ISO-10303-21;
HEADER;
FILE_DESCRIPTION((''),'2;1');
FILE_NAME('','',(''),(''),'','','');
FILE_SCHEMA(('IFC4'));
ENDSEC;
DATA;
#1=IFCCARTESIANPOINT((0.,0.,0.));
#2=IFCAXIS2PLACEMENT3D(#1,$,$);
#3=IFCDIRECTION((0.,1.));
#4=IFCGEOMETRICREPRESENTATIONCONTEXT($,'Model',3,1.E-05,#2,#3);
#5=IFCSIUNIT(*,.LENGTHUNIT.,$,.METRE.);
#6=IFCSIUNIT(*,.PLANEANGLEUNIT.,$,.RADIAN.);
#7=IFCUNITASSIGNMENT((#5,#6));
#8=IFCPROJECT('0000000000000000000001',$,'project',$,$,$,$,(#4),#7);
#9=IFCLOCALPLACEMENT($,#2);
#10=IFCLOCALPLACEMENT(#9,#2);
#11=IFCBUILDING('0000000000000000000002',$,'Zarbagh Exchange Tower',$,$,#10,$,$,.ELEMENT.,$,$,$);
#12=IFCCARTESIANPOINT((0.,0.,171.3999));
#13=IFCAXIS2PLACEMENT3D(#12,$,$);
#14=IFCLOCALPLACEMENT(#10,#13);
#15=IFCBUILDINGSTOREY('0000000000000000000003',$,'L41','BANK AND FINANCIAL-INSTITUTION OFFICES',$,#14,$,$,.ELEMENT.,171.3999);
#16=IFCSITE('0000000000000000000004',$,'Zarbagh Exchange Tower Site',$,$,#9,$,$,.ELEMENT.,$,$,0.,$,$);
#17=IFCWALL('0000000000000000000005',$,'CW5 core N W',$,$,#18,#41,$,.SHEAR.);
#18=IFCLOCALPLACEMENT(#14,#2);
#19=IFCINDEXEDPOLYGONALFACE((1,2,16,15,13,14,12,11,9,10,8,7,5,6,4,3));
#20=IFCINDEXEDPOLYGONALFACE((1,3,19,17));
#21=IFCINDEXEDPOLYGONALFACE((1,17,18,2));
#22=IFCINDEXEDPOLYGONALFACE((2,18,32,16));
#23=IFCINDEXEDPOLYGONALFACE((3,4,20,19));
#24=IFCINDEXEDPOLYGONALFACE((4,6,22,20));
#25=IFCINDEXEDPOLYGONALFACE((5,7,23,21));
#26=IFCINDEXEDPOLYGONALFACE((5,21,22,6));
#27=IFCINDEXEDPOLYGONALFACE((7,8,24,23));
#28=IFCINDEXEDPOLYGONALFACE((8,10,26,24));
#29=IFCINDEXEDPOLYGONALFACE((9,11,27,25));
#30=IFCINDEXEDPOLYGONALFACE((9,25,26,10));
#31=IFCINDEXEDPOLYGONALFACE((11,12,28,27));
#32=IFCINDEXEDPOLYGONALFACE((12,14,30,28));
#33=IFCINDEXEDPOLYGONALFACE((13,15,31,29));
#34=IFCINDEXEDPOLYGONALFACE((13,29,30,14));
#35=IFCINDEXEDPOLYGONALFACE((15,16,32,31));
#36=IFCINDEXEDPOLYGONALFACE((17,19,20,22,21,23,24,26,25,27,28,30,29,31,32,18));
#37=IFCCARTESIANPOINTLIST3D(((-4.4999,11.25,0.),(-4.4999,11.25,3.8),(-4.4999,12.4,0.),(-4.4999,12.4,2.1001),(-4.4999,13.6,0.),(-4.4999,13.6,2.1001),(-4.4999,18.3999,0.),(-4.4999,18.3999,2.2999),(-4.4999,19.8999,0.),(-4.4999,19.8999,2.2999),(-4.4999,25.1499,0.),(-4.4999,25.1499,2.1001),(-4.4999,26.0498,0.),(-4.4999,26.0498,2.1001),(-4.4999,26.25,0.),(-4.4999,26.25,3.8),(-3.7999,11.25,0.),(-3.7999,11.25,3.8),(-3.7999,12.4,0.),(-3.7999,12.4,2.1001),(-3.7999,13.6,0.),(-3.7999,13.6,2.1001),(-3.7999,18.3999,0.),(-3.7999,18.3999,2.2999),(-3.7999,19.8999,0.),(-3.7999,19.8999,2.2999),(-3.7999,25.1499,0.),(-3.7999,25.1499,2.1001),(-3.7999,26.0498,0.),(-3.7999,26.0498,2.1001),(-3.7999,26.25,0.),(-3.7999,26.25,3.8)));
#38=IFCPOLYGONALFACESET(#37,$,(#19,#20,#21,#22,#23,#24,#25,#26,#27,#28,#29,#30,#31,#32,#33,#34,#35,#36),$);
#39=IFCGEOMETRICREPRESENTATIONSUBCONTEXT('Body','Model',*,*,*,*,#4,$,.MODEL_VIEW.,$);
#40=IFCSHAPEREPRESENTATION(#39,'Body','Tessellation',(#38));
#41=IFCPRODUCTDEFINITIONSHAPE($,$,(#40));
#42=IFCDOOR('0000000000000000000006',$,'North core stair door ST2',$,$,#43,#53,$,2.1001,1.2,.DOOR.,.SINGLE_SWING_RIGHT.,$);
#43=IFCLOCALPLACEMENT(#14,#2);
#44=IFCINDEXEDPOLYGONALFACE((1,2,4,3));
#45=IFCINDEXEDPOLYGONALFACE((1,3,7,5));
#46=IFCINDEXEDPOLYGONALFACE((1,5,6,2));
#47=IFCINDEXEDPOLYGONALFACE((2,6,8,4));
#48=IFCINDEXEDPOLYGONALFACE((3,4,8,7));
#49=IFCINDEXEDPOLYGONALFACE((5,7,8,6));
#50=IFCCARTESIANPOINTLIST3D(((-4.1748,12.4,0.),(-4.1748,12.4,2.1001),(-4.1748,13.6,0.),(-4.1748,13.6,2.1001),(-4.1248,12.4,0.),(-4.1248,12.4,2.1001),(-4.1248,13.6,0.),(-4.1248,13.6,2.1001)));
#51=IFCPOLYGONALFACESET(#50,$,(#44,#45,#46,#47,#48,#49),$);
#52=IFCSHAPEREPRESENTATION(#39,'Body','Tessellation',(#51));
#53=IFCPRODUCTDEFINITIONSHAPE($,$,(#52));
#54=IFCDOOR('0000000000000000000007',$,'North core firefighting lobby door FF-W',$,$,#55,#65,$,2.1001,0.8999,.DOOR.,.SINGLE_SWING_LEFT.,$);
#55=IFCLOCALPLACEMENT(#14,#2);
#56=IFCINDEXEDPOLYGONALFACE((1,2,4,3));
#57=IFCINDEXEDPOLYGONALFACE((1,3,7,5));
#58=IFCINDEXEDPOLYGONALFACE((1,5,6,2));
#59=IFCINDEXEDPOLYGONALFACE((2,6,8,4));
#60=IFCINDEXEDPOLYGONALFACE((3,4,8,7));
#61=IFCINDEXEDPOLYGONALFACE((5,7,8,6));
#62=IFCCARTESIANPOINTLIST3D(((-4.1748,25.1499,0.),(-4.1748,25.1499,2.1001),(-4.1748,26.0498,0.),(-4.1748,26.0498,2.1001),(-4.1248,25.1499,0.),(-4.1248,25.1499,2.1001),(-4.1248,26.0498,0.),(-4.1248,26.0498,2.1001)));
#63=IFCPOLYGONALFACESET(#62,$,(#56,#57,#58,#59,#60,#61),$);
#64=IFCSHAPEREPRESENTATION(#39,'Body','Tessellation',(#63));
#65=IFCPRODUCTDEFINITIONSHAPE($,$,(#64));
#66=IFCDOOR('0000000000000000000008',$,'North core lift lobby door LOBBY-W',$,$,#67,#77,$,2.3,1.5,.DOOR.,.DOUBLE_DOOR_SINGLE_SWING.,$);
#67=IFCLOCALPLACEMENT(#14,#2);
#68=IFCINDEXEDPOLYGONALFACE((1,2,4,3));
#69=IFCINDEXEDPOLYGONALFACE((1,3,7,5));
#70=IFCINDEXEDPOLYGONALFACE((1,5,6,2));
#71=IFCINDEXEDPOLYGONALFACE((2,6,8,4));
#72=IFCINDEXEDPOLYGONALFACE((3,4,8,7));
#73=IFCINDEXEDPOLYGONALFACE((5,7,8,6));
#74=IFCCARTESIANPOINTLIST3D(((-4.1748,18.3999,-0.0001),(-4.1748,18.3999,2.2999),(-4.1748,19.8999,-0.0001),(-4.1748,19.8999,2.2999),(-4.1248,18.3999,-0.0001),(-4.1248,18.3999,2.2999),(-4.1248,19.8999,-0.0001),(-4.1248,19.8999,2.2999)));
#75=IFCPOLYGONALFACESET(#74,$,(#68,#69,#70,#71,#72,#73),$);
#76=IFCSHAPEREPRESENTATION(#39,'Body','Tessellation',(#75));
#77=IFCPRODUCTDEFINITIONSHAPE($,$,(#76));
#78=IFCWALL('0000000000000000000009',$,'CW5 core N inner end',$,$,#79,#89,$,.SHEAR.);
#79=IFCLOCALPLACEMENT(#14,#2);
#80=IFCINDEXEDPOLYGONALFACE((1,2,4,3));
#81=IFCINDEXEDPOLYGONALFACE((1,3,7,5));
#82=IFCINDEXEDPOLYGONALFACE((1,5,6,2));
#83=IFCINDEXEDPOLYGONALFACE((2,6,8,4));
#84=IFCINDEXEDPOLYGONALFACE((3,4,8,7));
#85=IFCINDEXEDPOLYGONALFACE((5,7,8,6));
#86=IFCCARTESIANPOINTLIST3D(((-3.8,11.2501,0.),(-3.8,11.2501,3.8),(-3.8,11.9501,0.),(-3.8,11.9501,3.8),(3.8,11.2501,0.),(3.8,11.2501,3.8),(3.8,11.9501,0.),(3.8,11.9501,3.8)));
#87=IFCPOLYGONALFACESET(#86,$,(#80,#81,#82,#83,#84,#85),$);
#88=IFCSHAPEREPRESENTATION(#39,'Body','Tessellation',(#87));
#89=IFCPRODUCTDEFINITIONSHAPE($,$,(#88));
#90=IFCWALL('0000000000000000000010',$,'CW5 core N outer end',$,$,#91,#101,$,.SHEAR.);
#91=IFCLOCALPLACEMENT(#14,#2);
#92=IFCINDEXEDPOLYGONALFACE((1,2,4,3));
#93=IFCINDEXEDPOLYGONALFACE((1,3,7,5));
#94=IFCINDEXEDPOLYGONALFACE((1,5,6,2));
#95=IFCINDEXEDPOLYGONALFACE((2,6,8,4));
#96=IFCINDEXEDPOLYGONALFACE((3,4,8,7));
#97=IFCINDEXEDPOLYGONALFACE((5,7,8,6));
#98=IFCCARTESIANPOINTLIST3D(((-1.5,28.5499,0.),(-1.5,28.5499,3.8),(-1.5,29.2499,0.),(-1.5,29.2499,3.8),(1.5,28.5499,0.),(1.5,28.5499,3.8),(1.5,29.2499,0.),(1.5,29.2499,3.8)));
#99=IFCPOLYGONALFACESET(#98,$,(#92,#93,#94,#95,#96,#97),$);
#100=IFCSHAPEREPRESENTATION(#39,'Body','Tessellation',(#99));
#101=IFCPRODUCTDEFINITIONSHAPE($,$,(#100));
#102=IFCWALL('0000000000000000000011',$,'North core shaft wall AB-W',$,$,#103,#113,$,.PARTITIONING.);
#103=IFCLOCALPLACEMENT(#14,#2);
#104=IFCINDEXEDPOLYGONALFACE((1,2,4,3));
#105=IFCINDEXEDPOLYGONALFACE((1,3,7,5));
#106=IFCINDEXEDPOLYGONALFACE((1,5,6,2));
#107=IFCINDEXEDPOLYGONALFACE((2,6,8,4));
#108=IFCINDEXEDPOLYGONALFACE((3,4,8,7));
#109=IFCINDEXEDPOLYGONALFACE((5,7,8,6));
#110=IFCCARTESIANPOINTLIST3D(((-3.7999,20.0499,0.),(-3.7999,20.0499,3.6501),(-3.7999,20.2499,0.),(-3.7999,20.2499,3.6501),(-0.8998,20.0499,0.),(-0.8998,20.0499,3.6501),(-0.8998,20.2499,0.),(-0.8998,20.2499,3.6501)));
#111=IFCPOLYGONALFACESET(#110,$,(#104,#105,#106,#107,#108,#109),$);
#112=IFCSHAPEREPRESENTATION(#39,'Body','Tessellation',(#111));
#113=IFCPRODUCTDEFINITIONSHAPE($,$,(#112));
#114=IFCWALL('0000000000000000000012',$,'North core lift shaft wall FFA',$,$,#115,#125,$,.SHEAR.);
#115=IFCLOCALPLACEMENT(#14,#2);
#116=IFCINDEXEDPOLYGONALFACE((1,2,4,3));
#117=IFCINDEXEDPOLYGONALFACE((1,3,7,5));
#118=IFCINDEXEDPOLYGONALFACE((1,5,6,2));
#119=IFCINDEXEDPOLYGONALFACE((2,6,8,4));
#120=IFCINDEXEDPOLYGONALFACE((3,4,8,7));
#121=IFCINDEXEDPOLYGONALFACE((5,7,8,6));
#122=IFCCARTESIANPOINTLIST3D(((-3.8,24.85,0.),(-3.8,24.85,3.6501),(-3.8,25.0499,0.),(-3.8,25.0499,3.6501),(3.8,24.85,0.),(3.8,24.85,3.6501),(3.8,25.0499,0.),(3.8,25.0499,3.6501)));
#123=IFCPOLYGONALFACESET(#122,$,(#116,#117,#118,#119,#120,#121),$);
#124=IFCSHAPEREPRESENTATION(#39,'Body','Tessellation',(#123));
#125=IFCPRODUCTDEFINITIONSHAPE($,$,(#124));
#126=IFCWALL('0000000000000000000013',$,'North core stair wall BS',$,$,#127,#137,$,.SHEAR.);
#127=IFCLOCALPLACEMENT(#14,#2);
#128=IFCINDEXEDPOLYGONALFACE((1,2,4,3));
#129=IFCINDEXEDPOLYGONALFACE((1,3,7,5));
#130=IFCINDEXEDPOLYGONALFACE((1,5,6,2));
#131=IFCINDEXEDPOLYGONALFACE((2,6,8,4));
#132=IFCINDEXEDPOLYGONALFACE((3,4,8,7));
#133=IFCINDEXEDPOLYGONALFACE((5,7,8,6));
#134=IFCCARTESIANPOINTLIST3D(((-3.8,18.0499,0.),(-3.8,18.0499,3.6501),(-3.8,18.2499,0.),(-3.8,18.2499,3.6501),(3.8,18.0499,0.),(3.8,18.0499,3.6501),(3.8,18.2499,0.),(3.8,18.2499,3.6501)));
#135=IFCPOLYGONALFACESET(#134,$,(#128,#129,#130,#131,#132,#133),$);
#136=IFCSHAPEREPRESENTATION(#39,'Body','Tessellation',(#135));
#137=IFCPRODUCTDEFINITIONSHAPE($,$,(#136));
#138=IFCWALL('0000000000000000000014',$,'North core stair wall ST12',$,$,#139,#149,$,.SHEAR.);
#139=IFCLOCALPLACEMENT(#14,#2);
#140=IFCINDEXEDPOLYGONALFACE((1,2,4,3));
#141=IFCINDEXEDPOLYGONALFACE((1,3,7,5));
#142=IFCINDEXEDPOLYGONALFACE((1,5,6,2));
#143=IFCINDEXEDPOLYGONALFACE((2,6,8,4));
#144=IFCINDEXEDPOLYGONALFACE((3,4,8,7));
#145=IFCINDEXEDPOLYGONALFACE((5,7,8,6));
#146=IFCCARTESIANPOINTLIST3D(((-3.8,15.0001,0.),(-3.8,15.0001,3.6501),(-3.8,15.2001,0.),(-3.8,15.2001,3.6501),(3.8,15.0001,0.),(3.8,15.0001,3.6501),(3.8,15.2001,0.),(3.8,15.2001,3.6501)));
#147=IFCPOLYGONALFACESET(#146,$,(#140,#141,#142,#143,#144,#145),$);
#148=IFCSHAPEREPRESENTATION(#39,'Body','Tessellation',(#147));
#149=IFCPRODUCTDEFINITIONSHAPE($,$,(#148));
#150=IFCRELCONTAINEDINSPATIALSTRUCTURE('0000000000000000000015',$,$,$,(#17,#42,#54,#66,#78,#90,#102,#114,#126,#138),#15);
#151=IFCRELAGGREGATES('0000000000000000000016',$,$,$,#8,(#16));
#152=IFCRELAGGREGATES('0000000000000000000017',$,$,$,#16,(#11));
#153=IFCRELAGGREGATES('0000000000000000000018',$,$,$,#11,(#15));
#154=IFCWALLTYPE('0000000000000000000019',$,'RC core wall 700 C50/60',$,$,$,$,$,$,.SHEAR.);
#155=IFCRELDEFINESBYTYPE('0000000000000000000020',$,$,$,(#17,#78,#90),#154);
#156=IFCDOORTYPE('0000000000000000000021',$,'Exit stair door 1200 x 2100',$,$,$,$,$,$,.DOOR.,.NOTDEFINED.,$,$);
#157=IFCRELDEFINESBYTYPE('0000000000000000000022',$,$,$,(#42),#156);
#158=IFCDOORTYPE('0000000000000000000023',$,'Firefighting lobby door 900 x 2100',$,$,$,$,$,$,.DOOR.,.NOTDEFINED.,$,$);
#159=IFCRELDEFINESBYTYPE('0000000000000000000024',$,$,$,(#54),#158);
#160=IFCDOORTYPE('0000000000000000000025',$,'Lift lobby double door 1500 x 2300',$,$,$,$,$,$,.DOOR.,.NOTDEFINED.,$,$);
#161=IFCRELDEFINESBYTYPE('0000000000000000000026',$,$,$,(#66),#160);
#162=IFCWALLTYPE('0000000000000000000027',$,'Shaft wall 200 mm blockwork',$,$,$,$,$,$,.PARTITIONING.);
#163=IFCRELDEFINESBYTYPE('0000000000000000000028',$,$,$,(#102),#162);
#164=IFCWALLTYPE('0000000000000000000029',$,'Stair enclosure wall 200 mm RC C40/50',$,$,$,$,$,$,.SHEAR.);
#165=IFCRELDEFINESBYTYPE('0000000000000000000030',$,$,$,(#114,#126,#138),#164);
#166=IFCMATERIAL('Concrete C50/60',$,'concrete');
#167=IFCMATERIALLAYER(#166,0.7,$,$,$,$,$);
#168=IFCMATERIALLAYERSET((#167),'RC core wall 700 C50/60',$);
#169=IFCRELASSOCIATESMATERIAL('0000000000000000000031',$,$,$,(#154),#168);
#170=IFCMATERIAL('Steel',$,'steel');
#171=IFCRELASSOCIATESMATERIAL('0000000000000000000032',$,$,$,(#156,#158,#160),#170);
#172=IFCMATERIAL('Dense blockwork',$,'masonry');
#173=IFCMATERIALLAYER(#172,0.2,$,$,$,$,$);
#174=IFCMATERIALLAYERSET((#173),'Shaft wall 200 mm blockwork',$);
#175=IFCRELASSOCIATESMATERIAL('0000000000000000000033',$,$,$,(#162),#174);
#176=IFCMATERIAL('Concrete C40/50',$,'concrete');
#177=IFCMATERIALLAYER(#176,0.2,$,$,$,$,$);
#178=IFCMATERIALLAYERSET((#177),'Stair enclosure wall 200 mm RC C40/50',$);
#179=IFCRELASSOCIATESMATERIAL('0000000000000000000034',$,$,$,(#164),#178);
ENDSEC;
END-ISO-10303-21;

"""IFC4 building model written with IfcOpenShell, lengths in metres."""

from ifc_helpers import new_model, si_unit, direction, frame, frame_2d, origin, place, context, subcontext, project, spatial, rectangle, extrude, material, layer, layer_set, type_object, element, fill, save


model = new_model("IFC4")

# Units and contexts
model_context = context("Model", 3, precision=1e-05, world=origin(), true_north=direction((0.0, 1.0)))
body_context = subcontext(model_context, "Body", "Model", "MODEL_VIEW")
ifc_project = project(units=[si_unit("LENGTHUNIT", "METRE"), si_unit("PLANEANGLEUNIT", "RADIAN")], contexts=[model_context])

# Site, building, storey
site_placement = place(None, origin())
site = spatial("IfcSite", under=ifc_project, at=site_placement, Name="Zarbagh Exchange Tower Site", CompositionType="ELEMENT", RefElevation=0.0)
building_placement = place(site_placement, origin())
building = spatial("IfcBuilding", under=site, at=building_placement, Name="Zarbagh Exchange Tower", CompositionType="ELEMENT")
storey_placement = place(building_placement, frame((0.0, 0.0, 171.3999)))
storey = spatial("IfcBuildingStorey", under=building, at=storey_placement, Name="L41", Description="BANK AND FINANCIAL-INSTITUTION OFFICES", CompositionType="ELEMENT", Elevation=171.3999)

# Shared definitions
ifc_material_1 = material(Name="Concrete C50/60", Category="concrete")

# Shared definitions
ifc_material_2 = material(Name="Dense blockwork", Category="masonry")

# Wall, openings, doors
ifc_layer_1 = layer(ifc_material_1, 0.7)
ifc_layer_set_1 = layer_set([ifc_layer_1], Name="RC core wall 700 C50/60")
wall_type_1 = type_object("IfcWallType", Name="RC core wall 700 C50/60", PredefinedType="SHEAR", material=ifc_layer_set_1)
wall_1_placement = place(storey_placement, frame((-4.1499, 11.25, 0.0), z_axis=(0.0, 0.0, 1.0), x_axis=(0.0, 1.0, 0.0)))
wall_1 = element("IfcWall", 1, at=wall_1_placement, inside=storey, type_object=wall_type_1, Name="CW5 core N W", PredefinedType="SHEAR", context=body_context, shape_type="SweptSolid", body=[
    extrude(rectangle(XDim=15.0, YDim=0.7, at=frame_2d((7.5, 0.0))), origin(), (0.0, 0.0, 1.0), 3.8),
])
opening_1_placement = place(wall_1_placement, frame((7.1499, 0.0, 0.0)))
opening_1 = element("IfcOpeningElement", 2, at=opening_1_placement, cuts=wall_1, PredefinedType="OPENING", context=body_context, shape_type="SweptSolid", body=[
    extrude(rectangle(XDim=1.5, YDim=2.3, at=frame_2d((0.75, 1.1499))), frame((0.0, 0.3599, 0.0), z_axis=(0.0, -1.0, 0.0), x_axis=(1.0, 0.0, 0.0)), (0.0, 0.0, 1.0), 0.72),
])
opening_2_placement = place(wall_1_placement, frame((13.8999, 0.0, 0.0)))
opening_2 = element("IfcOpeningElement", 3, at=opening_2_placement, cuts=wall_1, PredefinedType="OPENING", context=body_context, shape_type="SweptSolid", body=[
    extrude(rectangle(XDim=0.8999, YDim=2.1001, at=frame_2d((0.45, 1.05))), frame((0.0, 0.3599, 0.0), z_axis=(0.0, -1.0, 0.0), x_axis=(1.0, 0.0, 0.0)), (0.0, 0.0, 1.0), 0.72),
])
opening_3_placement = place(wall_1_placement, frame((1.1499, 0.0, 0.0)))
opening_3 = element("IfcOpeningElement", 4, at=opening_3_placement, cuts=wall_1, PredefinedType="OPENING", context=body_context, shape_type="SweptSolid", body=[
    extrude(rectangle(XDim=1.2, YDim=2.1001, at=frame_2d((0.6001, 1.05))), frame((0.0, 0.3599, 0.0), z_axis=(0.0, -1.0, 0.0), x_axis=(1.0, 0.0, 0.0)), (0.0, 0.0, 1.0), 0.72),
])
ifc_material_3 = material(Name="Steel", Category="steel")
door_type_1 = type_object("IfcDoorType", Name="Exit stair door 1200 x 2100", OperationType="NOTDEFINED", PredefinedType="DOOR", material=ifc_material_3)
door_1_placement = place(opening_3_placement, origin())
door_1 = element("IfcDoor", 5, at=door_1_placement, inside=storey, type_object=door_type_1, Name="North core stair door ST2", OperationType="SINGLE_SWING_RIGHT", OverallHeight=2.1001, OverallWidth=1.2, PredefinedType="DOOR", context=body_context, shape_type="SweptSolid", body=[
    extrude(rectangle(XDim=1.2, YDim=2.1001, at=frame_2d((0.6001, 1.05))), frame((0.0, 0.0249, 0.0), z_axis=(0.0, -1.0, 0.0), x_axis=(1.0, 0.0, 0.0)), (0.0, 0.0, 1.0), 0.05),
])
fill(opening_3, door_1)
door_type_2 = type_object("IfcDoorType", Name="Firefighting lobby door 900 x 2100", OperationType="NOTDEFINED", PredefinedType="DOOR", material=ifc_material_3)
door_2_placement = place(opening_2_placement, origin())
door_2 = element("IfcDoor", 6, at=door_2_placement, inside=storey, type_object=door_type_2, Name="North core firefighting lobby door FF-W", OperationType="SINGLE_SWING_LEFT", OverallHeight=2.1001, OverallWidth=0.8999, PredefinedType="DOOR", context=body_context, shape_type="SweptSolid", body=[
    extrude(rectangle(XDim=0.8999, YDim=2.1001, at=frame_2d((0.45, 1.05))), frame((0.0, 0.0249, 0.0), z_axis=(0.0, -1.0, 0.0), x_axis=(1.0, 0.0, 0.0)), (0.0, 0.0, 1.0), 0.05),
])
fill(opening_2, door_2)
door_type_3 = type_object("IfcDoorType", Name="Lift lobby double door 1500 x 2300", OperationType="NOTDEFINED", PredefinedType="DOOR", material=ifc_material_3)
door_3_placement = place(opening_1_placement, origin())
door_3 = element("IfcDoor", 7, at=door_3_placement, inside=storey, type_object=door_type_3, Name="North core lift lobby door LOBBY-W", OperationType="DOUBLE_DOOR_SINGLE_SWING", OverallHeight=2.3, OverallWidth=1.5, PredefinedType="DOOR", context=body_context, shape_type="SweptSolid", body=[
    extrude(rectangle(XDim=1.5, YDim=2.3, at=frame_2d((0.75, 1.1499))), frame((0.0, 0.0249, 0.0), z_axis=(0.0, -1.0, 0.0), x_axis=(1.0, 0.0, 0.0)), (0.0, 0.0, 1.0), 0.05),
])
fill(opening_1, door_3)

# Walls
wall_2_placement = place(storey_placement, frame((-3.8, 11.6001, 0.0), z_axis=(0.0, 0.0, 1.0), x_axis=(1.0, 0.0, 0.0)))
element("IfcWall", 8, at=wall_2_placement, inside=storey, type_object=wall_type_1, Name="CW5 core N inner end", PredefinedType="SHEAR", context=body_context, shape_type="SweptSolid", body=[
    extrude(rectangle(XDim=7.6001, YDim=0.7, at=frame_2d((3.8, 0.0))), origin(), (0.0, 0.0, 1.0), 3.8),
])
wall_3_placement = place(storey_placement, frame((-1.5, 28.8999, 0.0), z_axis=(0.0, 0.0, 1.0), x_axis=(1.0, 0.0, 0.0)))
element("IfcWall", 9, at=wall_3_placement, inside=storey, type_object=wall_type_1, Name="CW5 core N outer end", PredefinedType="SHEAR", context=body_context, shape_type="SweptSolid", body=[
    extrude(rectangle(XDim=3.0, YDim=0.7, at=frame_2d((1.5, 0.0))), origin(), (0.0, 0.0, 1.0), 3.8),
])
ifc_layer_2 = layer(ifc_material_2, 0.2)
ifc_layer_set_2 = layer_set([ifc_layer_2], Name="Shaft wall 200 mm blockwork")
wall_type_2 = type_object("IfcWallType", Name="Shaft wall 200 mm blockwork", PredefinedType="PARTITIONING", material=ifc_layer_set_2)
wall_4_placement = place(storey_placement, frame((-3.8, 20.1499, 0.0), z_axis=(0.0, 0.0, 1.0), x_axis=(1.0, 0.0, 0.0)))
element("IfcWall", 10, at=wall_4_placement, inside=storey, type_object=wall_type_2, Name="North core shaft wall AB-W", PredefinedType="PARTITIONING", context=body_context, shape_type="SweptSolid", body=[
    extrude(rectangle(XDim=2.9001, YDim=0.2, at=frame_2d((1.4502, 0.0))), origin(), (0.0, 0.0, 1.0), 3.6501),
])
ifc_material_4 = material(Name="Concrete C40/50", Category="concrete")
ifc_layer_3 = layer(ifc_material_4, 0.2)
ifc_layer_set_3 = layer_set([ifc_layer_3], Name="Stair enclosure wall 200 mm RC C40/50")
wall_type_3 = type_object("IfcWallType", Name="Stair enclosure wall 200 mm RC C40/50", PredefinedType="SHEAR", material=ifc_layer_set_3)
for number, where, z_axis, x_axis, name in (
    (11, (-3.8, 24.95, 0.0), (0.0, 0.0, 1.0), (1.0, 0.0, 0.0), "North core lift shaft wall FFA"),
    (12, (-3.8, 18.1499, 0.0), (0.0, 0.0, 1.0), (1.0, 0.0, 0.0), "North core stair wall BS"),
    (13, (-3.8, 15.1001, 0.0), (0.0, 0.0, 1.0), (1.0, 0.0, 0.0), "North core stair wall ST12"),
):
    element("IfcWall", number, at=place(storey_placement, frame(where, z_axis=z_axis, x_axis=x_axis)), inside=storey, type_object=wall_type_3, Name=name, PredefinedType="SHEAR", context=body_context, shape_type="SweptSolid", body=[
        extrude(rectangle(XDim=7.6001, YDim=0.2, at=frame_2d((3.8, 0.0))), origin(), (0.0, 0.0, 1.0), 3.6501),
    ])

save(model, "model.ifc")
